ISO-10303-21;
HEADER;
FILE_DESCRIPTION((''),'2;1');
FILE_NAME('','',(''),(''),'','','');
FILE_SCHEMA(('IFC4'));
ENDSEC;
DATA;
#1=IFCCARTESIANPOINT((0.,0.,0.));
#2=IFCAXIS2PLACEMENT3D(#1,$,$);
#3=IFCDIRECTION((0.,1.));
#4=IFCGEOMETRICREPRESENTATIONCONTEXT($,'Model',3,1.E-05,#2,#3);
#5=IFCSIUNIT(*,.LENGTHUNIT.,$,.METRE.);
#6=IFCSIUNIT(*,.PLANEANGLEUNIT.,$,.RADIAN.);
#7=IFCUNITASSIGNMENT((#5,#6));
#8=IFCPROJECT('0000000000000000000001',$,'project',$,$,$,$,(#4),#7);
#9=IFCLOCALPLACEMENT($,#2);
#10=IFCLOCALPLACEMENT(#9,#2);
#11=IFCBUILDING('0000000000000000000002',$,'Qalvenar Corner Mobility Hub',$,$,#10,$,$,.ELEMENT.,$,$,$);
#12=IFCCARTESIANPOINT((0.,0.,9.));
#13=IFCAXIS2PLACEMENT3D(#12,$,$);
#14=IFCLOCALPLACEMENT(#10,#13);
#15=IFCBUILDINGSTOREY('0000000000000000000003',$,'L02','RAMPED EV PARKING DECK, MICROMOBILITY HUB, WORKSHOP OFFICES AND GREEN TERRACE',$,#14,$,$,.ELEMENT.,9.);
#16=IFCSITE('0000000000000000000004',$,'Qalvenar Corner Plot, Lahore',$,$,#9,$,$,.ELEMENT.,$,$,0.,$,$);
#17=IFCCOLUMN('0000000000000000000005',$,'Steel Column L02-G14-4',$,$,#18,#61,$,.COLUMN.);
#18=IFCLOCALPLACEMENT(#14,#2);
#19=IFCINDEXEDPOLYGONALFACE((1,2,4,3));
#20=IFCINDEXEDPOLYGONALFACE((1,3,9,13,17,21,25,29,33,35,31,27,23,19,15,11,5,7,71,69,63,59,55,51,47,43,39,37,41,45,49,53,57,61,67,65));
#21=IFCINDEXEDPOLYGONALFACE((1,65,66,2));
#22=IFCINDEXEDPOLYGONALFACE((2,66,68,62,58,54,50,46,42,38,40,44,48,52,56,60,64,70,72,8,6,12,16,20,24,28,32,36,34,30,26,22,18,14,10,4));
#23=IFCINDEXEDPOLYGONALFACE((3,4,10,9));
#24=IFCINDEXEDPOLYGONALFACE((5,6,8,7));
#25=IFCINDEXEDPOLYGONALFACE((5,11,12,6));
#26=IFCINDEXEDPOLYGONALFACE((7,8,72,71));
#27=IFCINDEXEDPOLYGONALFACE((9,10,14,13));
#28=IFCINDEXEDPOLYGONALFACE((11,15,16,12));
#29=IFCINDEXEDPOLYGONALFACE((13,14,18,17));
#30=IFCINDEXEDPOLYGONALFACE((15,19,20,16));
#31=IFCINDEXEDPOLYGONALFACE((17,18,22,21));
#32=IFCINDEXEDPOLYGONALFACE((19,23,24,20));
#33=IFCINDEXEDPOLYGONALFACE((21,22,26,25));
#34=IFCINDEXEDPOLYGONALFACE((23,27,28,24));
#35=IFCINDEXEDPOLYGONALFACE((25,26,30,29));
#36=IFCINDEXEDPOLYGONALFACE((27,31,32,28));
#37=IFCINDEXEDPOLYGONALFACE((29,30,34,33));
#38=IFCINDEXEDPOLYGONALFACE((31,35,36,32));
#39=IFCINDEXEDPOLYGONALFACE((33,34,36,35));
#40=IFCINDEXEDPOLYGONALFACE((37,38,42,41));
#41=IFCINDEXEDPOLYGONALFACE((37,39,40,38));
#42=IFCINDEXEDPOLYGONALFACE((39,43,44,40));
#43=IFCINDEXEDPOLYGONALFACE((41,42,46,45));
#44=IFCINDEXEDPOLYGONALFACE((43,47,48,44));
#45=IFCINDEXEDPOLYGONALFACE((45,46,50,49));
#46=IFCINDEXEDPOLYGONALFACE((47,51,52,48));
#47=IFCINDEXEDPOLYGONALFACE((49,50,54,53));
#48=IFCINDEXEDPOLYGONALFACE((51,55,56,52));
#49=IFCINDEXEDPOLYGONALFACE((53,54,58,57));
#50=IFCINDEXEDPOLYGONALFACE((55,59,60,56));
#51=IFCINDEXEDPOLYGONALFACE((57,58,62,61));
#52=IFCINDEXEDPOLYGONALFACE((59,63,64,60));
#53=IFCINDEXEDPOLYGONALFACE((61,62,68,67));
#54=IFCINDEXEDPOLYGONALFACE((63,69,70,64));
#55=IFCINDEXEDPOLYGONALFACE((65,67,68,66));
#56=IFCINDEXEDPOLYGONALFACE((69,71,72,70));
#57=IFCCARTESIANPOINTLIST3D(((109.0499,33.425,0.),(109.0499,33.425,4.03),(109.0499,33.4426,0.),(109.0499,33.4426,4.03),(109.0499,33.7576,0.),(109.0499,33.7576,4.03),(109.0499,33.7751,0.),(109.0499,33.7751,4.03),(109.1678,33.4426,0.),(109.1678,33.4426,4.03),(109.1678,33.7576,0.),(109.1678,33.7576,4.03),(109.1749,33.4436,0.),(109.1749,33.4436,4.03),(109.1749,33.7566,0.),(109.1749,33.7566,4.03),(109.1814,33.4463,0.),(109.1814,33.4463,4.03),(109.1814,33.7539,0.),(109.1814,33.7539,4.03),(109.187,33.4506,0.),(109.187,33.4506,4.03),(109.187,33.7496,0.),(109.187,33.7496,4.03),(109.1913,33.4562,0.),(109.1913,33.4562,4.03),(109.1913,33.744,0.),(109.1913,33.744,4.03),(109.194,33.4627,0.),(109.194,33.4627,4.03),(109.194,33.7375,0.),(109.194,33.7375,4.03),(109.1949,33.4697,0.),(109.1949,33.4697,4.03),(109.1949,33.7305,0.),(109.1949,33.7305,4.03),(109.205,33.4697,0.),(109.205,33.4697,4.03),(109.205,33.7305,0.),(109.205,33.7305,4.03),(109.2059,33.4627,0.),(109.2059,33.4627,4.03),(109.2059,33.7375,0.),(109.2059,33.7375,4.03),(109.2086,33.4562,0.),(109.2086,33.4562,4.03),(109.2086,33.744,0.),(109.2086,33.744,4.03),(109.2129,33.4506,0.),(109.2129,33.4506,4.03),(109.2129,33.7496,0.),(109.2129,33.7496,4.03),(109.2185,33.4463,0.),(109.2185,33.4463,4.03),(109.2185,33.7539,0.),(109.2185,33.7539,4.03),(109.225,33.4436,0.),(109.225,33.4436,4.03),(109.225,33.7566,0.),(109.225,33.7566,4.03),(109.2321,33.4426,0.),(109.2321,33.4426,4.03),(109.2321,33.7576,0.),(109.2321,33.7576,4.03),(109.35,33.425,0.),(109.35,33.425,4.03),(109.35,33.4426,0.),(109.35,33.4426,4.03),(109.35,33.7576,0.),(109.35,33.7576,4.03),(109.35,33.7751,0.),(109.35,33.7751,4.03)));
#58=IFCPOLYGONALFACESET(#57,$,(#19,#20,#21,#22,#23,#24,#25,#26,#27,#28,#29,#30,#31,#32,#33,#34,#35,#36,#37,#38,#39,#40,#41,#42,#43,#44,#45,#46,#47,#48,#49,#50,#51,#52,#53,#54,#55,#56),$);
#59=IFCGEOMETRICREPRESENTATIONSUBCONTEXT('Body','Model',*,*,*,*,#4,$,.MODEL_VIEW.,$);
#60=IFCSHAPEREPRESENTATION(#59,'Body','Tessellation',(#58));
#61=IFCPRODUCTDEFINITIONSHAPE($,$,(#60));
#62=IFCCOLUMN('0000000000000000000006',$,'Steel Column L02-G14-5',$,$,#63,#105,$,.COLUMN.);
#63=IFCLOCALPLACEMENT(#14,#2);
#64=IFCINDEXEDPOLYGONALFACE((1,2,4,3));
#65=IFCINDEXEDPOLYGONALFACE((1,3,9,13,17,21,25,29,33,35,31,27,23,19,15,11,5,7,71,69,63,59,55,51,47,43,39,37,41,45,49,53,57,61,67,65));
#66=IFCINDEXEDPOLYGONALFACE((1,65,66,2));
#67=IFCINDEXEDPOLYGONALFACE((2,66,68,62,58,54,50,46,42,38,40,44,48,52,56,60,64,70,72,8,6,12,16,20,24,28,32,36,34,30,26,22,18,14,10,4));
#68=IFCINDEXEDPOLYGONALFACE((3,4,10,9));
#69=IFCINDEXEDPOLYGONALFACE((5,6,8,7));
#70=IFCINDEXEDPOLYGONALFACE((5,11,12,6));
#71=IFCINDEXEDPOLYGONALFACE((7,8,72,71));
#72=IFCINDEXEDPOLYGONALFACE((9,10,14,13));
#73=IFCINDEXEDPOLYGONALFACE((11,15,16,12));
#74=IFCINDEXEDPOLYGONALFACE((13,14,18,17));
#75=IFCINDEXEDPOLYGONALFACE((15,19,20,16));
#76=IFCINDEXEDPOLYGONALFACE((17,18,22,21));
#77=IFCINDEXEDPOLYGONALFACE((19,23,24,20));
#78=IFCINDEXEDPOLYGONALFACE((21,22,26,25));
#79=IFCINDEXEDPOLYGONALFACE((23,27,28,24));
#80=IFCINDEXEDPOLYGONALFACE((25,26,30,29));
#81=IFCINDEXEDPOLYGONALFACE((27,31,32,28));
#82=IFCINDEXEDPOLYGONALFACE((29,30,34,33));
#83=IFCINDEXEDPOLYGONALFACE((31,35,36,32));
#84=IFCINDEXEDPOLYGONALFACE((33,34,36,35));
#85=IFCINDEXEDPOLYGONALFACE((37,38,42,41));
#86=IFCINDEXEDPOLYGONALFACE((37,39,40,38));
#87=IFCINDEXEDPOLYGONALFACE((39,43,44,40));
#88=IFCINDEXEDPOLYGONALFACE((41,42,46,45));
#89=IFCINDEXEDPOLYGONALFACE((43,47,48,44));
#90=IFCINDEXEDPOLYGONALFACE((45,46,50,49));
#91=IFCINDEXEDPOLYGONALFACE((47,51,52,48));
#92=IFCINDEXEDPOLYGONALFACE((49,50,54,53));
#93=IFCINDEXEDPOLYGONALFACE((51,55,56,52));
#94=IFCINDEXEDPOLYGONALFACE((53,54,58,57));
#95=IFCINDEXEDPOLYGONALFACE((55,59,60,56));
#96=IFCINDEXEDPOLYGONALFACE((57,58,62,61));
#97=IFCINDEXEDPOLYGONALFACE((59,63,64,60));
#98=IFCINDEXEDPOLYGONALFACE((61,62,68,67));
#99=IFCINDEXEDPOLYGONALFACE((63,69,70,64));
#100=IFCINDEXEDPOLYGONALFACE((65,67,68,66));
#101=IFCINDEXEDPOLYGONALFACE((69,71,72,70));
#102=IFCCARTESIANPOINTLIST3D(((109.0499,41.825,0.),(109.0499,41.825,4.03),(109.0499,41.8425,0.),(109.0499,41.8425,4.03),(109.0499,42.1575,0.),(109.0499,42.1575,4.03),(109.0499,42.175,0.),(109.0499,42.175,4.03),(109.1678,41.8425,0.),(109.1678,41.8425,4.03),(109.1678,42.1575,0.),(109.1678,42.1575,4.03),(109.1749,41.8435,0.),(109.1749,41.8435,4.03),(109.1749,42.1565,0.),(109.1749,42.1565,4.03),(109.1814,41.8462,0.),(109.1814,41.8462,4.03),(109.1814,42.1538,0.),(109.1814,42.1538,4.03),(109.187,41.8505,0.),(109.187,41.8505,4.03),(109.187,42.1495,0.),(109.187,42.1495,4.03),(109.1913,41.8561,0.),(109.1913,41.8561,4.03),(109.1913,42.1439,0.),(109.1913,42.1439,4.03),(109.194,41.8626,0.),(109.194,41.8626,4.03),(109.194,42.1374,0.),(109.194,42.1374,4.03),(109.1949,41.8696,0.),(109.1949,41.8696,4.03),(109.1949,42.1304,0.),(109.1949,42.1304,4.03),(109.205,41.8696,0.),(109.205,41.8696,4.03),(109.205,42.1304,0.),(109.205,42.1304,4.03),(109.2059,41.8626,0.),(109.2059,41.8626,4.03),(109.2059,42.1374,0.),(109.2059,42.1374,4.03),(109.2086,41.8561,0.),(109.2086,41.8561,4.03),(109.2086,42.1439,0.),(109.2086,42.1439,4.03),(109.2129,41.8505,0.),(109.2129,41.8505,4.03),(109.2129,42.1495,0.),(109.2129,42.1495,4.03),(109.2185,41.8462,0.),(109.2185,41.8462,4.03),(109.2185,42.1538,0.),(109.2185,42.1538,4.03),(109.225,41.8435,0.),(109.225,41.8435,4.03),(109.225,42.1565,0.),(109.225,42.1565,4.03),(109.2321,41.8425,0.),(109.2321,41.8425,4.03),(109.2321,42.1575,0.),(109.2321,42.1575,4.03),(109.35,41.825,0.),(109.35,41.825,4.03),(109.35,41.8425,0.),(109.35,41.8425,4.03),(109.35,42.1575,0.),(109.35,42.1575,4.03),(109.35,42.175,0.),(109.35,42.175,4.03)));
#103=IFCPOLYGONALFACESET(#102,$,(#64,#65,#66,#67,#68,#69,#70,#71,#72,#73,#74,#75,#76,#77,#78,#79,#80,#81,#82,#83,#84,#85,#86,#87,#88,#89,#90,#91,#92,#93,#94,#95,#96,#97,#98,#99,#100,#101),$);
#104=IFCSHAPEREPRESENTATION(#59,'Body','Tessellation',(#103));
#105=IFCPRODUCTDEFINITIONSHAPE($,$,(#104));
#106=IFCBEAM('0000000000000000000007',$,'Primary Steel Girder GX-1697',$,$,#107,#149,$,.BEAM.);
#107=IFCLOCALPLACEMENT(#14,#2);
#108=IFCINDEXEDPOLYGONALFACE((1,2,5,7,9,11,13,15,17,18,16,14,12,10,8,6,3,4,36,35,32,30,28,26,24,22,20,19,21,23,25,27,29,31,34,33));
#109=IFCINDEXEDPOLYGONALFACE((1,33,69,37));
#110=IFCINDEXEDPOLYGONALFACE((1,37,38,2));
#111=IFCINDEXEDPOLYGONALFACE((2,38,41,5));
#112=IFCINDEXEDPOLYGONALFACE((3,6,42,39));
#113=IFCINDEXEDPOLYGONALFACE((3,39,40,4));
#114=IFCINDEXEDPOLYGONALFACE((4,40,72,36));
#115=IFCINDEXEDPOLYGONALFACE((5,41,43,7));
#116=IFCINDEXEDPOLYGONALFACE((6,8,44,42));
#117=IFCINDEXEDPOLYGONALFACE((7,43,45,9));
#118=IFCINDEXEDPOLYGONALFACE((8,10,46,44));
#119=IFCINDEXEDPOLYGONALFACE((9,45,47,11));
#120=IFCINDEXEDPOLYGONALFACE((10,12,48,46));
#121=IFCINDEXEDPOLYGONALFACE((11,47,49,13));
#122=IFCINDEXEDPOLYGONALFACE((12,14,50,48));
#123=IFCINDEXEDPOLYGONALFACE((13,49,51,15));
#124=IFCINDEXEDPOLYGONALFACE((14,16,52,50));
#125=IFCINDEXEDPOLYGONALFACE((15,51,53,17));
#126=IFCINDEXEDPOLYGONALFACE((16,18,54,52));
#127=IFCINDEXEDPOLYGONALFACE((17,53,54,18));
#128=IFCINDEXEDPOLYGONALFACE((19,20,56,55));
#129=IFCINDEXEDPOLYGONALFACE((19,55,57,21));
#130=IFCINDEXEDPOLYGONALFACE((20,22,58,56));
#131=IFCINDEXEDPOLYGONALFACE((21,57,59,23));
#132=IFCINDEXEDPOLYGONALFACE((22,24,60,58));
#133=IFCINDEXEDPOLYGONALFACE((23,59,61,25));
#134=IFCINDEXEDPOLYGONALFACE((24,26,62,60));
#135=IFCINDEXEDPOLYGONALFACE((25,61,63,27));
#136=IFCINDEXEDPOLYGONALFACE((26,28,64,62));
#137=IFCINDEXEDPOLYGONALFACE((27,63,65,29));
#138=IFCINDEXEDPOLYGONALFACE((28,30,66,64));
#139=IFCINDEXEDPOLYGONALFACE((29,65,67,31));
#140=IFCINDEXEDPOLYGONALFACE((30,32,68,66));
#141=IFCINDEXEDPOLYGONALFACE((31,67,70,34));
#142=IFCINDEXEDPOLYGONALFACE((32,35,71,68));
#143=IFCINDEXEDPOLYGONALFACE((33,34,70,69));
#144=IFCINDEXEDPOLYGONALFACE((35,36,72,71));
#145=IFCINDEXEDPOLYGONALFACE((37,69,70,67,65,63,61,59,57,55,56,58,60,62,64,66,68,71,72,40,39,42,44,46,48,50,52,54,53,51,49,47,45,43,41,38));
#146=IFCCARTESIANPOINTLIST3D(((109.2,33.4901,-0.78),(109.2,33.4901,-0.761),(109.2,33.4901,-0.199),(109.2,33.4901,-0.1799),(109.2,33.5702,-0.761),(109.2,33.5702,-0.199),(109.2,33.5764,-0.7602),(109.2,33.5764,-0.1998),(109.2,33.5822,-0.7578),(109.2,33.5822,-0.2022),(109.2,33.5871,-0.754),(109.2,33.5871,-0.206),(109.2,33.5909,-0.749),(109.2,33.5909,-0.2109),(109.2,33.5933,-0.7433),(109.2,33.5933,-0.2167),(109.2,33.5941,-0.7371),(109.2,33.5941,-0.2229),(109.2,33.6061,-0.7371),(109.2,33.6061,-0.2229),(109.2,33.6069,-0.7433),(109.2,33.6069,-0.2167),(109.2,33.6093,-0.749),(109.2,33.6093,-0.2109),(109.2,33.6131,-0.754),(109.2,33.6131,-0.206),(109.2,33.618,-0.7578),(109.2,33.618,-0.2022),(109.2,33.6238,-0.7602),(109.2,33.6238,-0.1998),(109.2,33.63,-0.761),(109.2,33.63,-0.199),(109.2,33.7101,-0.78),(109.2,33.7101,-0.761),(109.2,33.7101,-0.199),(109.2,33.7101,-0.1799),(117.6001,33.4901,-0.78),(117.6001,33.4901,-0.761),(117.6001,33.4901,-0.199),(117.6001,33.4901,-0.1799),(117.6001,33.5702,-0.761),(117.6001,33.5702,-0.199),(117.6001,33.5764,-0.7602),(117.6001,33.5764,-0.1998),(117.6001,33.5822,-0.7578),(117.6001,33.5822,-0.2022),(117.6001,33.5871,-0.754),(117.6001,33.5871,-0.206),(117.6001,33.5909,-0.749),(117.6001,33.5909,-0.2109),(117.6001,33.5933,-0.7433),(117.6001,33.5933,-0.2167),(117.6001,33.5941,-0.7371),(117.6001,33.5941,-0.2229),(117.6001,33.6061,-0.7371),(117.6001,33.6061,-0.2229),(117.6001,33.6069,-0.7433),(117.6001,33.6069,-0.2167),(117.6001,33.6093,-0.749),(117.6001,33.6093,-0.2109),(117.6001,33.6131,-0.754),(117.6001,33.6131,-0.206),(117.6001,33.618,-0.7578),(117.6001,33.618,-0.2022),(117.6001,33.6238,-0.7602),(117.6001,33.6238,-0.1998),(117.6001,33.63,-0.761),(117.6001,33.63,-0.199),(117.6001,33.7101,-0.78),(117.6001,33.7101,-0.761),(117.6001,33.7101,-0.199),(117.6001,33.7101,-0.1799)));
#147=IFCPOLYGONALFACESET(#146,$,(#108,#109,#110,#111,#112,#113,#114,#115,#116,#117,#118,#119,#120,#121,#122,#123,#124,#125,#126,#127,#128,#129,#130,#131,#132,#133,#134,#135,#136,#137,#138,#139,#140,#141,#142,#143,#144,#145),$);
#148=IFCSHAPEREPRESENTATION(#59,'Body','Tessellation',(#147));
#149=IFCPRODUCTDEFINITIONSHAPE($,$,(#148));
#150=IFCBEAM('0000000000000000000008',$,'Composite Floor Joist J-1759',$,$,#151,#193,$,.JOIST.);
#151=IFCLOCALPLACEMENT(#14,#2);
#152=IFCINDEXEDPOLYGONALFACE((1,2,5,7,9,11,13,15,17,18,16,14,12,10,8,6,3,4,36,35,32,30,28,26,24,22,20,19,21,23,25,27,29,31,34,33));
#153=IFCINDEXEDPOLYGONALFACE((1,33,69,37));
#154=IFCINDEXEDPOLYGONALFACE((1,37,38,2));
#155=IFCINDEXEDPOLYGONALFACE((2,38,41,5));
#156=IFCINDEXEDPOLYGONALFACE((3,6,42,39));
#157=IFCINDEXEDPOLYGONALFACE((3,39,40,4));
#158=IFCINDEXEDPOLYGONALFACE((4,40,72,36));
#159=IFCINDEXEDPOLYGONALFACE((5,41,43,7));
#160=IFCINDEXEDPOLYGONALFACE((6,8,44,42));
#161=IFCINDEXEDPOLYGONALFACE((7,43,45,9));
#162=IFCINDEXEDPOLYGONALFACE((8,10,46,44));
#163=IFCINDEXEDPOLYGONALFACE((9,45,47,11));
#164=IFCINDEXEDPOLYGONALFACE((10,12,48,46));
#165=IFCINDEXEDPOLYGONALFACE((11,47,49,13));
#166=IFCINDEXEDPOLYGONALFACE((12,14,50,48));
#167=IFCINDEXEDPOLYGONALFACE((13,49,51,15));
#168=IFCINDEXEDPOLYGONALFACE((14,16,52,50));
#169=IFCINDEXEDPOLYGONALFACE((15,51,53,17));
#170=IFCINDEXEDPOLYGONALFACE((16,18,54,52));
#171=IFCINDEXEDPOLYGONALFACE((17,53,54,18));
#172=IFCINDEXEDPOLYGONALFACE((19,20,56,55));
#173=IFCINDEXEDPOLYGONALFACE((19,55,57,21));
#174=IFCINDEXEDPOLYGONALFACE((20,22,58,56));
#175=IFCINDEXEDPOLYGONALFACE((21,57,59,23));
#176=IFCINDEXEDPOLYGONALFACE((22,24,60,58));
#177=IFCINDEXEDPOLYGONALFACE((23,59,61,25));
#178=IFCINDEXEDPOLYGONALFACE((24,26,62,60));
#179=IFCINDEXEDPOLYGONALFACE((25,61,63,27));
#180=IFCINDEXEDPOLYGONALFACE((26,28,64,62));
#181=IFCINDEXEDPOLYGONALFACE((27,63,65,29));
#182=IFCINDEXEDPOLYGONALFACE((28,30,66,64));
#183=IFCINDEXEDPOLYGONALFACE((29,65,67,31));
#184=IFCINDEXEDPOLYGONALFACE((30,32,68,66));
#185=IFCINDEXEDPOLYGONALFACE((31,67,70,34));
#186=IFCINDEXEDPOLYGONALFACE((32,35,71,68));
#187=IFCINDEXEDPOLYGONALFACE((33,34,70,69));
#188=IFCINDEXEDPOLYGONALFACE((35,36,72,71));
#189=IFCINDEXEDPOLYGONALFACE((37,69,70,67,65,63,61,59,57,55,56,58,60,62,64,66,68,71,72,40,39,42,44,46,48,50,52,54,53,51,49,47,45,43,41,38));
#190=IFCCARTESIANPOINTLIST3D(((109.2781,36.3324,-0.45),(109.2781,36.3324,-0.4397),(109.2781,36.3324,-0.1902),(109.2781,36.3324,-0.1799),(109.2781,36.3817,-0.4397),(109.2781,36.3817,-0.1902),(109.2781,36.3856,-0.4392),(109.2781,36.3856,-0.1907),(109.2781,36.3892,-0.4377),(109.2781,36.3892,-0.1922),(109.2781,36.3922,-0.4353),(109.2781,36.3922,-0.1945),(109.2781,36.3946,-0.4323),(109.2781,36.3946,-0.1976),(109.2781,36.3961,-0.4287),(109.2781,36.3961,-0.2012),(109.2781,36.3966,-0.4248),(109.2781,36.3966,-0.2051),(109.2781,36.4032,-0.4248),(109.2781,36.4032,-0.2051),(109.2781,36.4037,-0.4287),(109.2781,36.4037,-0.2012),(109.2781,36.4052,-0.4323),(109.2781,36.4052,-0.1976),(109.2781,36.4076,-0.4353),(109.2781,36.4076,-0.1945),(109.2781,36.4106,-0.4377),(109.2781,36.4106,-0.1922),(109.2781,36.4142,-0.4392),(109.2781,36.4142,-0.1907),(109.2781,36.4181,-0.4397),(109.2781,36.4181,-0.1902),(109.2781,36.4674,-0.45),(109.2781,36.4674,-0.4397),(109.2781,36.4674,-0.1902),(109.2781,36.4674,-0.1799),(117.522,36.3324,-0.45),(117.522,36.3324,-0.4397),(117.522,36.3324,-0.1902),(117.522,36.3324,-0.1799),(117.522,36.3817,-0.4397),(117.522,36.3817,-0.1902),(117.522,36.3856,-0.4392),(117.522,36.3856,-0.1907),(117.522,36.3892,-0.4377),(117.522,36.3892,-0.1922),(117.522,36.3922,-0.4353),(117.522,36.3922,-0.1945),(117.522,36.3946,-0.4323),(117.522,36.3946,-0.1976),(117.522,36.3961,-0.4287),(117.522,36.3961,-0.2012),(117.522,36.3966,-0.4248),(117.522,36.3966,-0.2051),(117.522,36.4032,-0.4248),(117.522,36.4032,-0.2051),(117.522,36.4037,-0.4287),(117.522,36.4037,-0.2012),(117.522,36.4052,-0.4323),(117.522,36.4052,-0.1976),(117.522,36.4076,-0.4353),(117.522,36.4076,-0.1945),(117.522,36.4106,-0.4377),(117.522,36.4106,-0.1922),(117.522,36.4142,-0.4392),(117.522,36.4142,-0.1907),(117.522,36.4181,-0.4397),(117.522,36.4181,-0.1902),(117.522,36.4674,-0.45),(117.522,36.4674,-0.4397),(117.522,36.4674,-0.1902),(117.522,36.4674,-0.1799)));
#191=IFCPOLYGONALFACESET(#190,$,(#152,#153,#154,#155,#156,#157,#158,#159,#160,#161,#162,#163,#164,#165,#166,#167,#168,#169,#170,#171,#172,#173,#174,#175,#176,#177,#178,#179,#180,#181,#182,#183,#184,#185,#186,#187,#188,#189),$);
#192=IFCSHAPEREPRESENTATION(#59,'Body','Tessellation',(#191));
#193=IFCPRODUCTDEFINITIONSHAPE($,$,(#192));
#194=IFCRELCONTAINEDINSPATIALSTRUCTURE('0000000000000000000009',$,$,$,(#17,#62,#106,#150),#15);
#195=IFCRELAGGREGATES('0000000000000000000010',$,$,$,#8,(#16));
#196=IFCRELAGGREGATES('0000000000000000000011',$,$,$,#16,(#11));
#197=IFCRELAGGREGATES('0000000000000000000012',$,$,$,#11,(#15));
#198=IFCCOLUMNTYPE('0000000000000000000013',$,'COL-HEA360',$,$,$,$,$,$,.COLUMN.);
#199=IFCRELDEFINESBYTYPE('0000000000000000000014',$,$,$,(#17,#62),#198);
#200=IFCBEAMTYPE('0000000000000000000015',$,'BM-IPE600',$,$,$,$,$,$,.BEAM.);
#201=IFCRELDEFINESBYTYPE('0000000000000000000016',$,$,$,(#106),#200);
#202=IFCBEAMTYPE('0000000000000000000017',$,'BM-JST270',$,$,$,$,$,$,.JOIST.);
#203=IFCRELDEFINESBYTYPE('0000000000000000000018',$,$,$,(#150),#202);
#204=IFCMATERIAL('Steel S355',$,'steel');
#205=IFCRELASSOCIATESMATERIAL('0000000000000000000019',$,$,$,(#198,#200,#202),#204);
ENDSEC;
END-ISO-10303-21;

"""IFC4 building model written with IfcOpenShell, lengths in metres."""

from ifc_helpers import new_model, si_unit, direction, frame, origin, origin_2d, place, context, subcontext, project, spatial, i_section, extrude, material, material_profile, profile_set, type_object, element, save


model = new_model("IFC4")

# Units and contexts
model_context = context("Model", 3, precision=1e-05, world=origin(), true_north=direction((0.0, 1.0)))
body_context = subcontext(model_context, "Body", "Model", "MODEL_VIEW")
ifc_project = project(units=[si_unit("LENGTHUNIT", "METRE"), si_unit("PLANEANGLEUNIT", "RADIAN")], contexts=[model_context])

# Site, building, storey
site_placement = place(None, origin())
site = spatial("IfcSite", under=ifc_project, at=site_placement, Name="Qalvenar Corner Plot, Lahore", CompositionType="ELEMENT", RefElevation=0.0)
building_placement = place(site_placement, origin())
building = spatial("IfcBuilding", under=site, at=building_placement, Name="Qalvenar Corner Mobility Hub", CompositionType="ELEMENT")
storey_placement = place(building_placement, frame((0.0, 0.0, 9.0)))
storey = spatial("IfcBuildingStorey", under=building, at=storey_placement, Name="L02", Description="RAMPED EV PARKING DECK, MICROMOBILITY HUB, WORKSHOP OFFICES AND GREEN TERRACE", CompositionType="ELEMENT", Elevation=9.0)

# Columns
ifc_material_1 = material(Name="Steel S355", Category="steel")
ifc_material_profile_1 = material_profile(ifc_material_1, i_section(OverallWidth=0.3, OverallDepth=0.3501, WebThickness=0.01, FlangeThickness=0.0176, FilletRadius=0.0271, at=origin_2d()), Name="HEA360")
ifc_profile_set_1 = profile_set([ifc_material_profile_1], Name="Steel S355")
column_type = type_object("IfcColumnType", Name="COL-HEA360", PredefinedType="COLUMN", material=ifc_profile_set_1)
for number, where, z_axis, x_axis, name in (
    (1, (109.2, 33.6001, 0.0), (0.0, 0.0, 1.0), (1.0, 0.0, 0.0), "Steel Column L02-G14-4"),
    (2, (109.2, 42.0, 0.0), (0.0, 0.0, 1.0), (1.0, 0.0, 0.0), "Steel Column L02-G14-5"),
):
    element("IfcColumn", number, at=place(storey_placement, frame(where, z_axis=z_axis, x_axis=x_axis)), inside=storey, type_object=column_type, Name=name, PredefinedType="COLUMN", context=body_context, shape_type="SweptSolid", body=[
        extrude(i_section(OverallWidth=0.3, OverallDepth=0.3501, WebThickness=0.01, FlangeThickness=0.0176, FilletRadius=0.0271, at=origin_2d()), origin(), (0.0, 0.0, 1.0), 4.03),
    ])

# Beams
ifc_material_profile_2 = material_profile(ifc_material_1, i_section(OverallWidth=0.22, OverallDepth=0.6001, WebThickness=0.012, FlangeThickness=0.019, FilletRadius=0.0239, at=origin_2d()), Name="IPE600")
ifc_profile_set_2 = profile_set([ifc_material_profile_2], Name="Steel S355")
beam_type_1 = type_object("IfcBeamType", Name="BM-IPE600", PredefinedType="BEAM", material=ifc_profile_set_2)
beam_1_placement = place(storey_placement, frame((109.2, 33.6001, -0.48), z_axis=(1.0, 0.0, 0.0), x_axis=(0.0, 1.0, 0.0)))
element("IfcBeam", 3, at=beam_1_placement, inside=storey, type_object=beam_type_1, Name="Primary Steel Girder GX-1697", PredefinedType="BEAM", context=body_context, shape_type="SweptSolid", body=[
    extrude(i_section(OverallWidth=0.22, OverallDepth=0.6001, WebThickness=0.012, FlangeThickness=0.019, FilletRadius=0.0239, at=origin_2d()), origin(), (0.0, 0.0, 1.0), 8.4001),
])
ifc_material_profile_3 = material_profile(ifc_material_1, i_section(OverallWidth=0.135, OverallDepth=0.27, WebThickness=0.0066, FlangeThickness=0.0103, FilletRadius=0.0149, at=origin_2d()), Name="IPE270")
ifc_profile_set_3 = profile_set([ifc_material_profile_3], Name="Steel S355")
beam_type_2 = type_object("IfcBeamType", Name="BM-JST270", PredefinedType="JOIST", material=ifc_profile_set_3)
for number, where, z_axis, x_axis, name in (
    (4, (109.2781, 36.3999, -0.3149), (1.0, 0.0, 0.0), (0.0, 1.0, 0.0), "Composite Floor Joist J-1759"),
):
    element("IfcBeam", number, at=place(storey_placement, frame(where, z_axis=z_axis, x_axis=x_axis)), inside=storey, type_object=beam_type_2, Name=name, PredefinedType="JOIST", context=body_context, shape_type="SweptSolid", body=[
        extrude(i_section(OverallWidth=0.135, OverallDepth=0.27, WebThickness=0.0066, FlangeThickness=0.0103, FilletRadius=0.0149, at=origin_2d()), origin(), (0.0, 0.0, 1.0), 8.2439),
    ])

save(model, "model.ifc")
